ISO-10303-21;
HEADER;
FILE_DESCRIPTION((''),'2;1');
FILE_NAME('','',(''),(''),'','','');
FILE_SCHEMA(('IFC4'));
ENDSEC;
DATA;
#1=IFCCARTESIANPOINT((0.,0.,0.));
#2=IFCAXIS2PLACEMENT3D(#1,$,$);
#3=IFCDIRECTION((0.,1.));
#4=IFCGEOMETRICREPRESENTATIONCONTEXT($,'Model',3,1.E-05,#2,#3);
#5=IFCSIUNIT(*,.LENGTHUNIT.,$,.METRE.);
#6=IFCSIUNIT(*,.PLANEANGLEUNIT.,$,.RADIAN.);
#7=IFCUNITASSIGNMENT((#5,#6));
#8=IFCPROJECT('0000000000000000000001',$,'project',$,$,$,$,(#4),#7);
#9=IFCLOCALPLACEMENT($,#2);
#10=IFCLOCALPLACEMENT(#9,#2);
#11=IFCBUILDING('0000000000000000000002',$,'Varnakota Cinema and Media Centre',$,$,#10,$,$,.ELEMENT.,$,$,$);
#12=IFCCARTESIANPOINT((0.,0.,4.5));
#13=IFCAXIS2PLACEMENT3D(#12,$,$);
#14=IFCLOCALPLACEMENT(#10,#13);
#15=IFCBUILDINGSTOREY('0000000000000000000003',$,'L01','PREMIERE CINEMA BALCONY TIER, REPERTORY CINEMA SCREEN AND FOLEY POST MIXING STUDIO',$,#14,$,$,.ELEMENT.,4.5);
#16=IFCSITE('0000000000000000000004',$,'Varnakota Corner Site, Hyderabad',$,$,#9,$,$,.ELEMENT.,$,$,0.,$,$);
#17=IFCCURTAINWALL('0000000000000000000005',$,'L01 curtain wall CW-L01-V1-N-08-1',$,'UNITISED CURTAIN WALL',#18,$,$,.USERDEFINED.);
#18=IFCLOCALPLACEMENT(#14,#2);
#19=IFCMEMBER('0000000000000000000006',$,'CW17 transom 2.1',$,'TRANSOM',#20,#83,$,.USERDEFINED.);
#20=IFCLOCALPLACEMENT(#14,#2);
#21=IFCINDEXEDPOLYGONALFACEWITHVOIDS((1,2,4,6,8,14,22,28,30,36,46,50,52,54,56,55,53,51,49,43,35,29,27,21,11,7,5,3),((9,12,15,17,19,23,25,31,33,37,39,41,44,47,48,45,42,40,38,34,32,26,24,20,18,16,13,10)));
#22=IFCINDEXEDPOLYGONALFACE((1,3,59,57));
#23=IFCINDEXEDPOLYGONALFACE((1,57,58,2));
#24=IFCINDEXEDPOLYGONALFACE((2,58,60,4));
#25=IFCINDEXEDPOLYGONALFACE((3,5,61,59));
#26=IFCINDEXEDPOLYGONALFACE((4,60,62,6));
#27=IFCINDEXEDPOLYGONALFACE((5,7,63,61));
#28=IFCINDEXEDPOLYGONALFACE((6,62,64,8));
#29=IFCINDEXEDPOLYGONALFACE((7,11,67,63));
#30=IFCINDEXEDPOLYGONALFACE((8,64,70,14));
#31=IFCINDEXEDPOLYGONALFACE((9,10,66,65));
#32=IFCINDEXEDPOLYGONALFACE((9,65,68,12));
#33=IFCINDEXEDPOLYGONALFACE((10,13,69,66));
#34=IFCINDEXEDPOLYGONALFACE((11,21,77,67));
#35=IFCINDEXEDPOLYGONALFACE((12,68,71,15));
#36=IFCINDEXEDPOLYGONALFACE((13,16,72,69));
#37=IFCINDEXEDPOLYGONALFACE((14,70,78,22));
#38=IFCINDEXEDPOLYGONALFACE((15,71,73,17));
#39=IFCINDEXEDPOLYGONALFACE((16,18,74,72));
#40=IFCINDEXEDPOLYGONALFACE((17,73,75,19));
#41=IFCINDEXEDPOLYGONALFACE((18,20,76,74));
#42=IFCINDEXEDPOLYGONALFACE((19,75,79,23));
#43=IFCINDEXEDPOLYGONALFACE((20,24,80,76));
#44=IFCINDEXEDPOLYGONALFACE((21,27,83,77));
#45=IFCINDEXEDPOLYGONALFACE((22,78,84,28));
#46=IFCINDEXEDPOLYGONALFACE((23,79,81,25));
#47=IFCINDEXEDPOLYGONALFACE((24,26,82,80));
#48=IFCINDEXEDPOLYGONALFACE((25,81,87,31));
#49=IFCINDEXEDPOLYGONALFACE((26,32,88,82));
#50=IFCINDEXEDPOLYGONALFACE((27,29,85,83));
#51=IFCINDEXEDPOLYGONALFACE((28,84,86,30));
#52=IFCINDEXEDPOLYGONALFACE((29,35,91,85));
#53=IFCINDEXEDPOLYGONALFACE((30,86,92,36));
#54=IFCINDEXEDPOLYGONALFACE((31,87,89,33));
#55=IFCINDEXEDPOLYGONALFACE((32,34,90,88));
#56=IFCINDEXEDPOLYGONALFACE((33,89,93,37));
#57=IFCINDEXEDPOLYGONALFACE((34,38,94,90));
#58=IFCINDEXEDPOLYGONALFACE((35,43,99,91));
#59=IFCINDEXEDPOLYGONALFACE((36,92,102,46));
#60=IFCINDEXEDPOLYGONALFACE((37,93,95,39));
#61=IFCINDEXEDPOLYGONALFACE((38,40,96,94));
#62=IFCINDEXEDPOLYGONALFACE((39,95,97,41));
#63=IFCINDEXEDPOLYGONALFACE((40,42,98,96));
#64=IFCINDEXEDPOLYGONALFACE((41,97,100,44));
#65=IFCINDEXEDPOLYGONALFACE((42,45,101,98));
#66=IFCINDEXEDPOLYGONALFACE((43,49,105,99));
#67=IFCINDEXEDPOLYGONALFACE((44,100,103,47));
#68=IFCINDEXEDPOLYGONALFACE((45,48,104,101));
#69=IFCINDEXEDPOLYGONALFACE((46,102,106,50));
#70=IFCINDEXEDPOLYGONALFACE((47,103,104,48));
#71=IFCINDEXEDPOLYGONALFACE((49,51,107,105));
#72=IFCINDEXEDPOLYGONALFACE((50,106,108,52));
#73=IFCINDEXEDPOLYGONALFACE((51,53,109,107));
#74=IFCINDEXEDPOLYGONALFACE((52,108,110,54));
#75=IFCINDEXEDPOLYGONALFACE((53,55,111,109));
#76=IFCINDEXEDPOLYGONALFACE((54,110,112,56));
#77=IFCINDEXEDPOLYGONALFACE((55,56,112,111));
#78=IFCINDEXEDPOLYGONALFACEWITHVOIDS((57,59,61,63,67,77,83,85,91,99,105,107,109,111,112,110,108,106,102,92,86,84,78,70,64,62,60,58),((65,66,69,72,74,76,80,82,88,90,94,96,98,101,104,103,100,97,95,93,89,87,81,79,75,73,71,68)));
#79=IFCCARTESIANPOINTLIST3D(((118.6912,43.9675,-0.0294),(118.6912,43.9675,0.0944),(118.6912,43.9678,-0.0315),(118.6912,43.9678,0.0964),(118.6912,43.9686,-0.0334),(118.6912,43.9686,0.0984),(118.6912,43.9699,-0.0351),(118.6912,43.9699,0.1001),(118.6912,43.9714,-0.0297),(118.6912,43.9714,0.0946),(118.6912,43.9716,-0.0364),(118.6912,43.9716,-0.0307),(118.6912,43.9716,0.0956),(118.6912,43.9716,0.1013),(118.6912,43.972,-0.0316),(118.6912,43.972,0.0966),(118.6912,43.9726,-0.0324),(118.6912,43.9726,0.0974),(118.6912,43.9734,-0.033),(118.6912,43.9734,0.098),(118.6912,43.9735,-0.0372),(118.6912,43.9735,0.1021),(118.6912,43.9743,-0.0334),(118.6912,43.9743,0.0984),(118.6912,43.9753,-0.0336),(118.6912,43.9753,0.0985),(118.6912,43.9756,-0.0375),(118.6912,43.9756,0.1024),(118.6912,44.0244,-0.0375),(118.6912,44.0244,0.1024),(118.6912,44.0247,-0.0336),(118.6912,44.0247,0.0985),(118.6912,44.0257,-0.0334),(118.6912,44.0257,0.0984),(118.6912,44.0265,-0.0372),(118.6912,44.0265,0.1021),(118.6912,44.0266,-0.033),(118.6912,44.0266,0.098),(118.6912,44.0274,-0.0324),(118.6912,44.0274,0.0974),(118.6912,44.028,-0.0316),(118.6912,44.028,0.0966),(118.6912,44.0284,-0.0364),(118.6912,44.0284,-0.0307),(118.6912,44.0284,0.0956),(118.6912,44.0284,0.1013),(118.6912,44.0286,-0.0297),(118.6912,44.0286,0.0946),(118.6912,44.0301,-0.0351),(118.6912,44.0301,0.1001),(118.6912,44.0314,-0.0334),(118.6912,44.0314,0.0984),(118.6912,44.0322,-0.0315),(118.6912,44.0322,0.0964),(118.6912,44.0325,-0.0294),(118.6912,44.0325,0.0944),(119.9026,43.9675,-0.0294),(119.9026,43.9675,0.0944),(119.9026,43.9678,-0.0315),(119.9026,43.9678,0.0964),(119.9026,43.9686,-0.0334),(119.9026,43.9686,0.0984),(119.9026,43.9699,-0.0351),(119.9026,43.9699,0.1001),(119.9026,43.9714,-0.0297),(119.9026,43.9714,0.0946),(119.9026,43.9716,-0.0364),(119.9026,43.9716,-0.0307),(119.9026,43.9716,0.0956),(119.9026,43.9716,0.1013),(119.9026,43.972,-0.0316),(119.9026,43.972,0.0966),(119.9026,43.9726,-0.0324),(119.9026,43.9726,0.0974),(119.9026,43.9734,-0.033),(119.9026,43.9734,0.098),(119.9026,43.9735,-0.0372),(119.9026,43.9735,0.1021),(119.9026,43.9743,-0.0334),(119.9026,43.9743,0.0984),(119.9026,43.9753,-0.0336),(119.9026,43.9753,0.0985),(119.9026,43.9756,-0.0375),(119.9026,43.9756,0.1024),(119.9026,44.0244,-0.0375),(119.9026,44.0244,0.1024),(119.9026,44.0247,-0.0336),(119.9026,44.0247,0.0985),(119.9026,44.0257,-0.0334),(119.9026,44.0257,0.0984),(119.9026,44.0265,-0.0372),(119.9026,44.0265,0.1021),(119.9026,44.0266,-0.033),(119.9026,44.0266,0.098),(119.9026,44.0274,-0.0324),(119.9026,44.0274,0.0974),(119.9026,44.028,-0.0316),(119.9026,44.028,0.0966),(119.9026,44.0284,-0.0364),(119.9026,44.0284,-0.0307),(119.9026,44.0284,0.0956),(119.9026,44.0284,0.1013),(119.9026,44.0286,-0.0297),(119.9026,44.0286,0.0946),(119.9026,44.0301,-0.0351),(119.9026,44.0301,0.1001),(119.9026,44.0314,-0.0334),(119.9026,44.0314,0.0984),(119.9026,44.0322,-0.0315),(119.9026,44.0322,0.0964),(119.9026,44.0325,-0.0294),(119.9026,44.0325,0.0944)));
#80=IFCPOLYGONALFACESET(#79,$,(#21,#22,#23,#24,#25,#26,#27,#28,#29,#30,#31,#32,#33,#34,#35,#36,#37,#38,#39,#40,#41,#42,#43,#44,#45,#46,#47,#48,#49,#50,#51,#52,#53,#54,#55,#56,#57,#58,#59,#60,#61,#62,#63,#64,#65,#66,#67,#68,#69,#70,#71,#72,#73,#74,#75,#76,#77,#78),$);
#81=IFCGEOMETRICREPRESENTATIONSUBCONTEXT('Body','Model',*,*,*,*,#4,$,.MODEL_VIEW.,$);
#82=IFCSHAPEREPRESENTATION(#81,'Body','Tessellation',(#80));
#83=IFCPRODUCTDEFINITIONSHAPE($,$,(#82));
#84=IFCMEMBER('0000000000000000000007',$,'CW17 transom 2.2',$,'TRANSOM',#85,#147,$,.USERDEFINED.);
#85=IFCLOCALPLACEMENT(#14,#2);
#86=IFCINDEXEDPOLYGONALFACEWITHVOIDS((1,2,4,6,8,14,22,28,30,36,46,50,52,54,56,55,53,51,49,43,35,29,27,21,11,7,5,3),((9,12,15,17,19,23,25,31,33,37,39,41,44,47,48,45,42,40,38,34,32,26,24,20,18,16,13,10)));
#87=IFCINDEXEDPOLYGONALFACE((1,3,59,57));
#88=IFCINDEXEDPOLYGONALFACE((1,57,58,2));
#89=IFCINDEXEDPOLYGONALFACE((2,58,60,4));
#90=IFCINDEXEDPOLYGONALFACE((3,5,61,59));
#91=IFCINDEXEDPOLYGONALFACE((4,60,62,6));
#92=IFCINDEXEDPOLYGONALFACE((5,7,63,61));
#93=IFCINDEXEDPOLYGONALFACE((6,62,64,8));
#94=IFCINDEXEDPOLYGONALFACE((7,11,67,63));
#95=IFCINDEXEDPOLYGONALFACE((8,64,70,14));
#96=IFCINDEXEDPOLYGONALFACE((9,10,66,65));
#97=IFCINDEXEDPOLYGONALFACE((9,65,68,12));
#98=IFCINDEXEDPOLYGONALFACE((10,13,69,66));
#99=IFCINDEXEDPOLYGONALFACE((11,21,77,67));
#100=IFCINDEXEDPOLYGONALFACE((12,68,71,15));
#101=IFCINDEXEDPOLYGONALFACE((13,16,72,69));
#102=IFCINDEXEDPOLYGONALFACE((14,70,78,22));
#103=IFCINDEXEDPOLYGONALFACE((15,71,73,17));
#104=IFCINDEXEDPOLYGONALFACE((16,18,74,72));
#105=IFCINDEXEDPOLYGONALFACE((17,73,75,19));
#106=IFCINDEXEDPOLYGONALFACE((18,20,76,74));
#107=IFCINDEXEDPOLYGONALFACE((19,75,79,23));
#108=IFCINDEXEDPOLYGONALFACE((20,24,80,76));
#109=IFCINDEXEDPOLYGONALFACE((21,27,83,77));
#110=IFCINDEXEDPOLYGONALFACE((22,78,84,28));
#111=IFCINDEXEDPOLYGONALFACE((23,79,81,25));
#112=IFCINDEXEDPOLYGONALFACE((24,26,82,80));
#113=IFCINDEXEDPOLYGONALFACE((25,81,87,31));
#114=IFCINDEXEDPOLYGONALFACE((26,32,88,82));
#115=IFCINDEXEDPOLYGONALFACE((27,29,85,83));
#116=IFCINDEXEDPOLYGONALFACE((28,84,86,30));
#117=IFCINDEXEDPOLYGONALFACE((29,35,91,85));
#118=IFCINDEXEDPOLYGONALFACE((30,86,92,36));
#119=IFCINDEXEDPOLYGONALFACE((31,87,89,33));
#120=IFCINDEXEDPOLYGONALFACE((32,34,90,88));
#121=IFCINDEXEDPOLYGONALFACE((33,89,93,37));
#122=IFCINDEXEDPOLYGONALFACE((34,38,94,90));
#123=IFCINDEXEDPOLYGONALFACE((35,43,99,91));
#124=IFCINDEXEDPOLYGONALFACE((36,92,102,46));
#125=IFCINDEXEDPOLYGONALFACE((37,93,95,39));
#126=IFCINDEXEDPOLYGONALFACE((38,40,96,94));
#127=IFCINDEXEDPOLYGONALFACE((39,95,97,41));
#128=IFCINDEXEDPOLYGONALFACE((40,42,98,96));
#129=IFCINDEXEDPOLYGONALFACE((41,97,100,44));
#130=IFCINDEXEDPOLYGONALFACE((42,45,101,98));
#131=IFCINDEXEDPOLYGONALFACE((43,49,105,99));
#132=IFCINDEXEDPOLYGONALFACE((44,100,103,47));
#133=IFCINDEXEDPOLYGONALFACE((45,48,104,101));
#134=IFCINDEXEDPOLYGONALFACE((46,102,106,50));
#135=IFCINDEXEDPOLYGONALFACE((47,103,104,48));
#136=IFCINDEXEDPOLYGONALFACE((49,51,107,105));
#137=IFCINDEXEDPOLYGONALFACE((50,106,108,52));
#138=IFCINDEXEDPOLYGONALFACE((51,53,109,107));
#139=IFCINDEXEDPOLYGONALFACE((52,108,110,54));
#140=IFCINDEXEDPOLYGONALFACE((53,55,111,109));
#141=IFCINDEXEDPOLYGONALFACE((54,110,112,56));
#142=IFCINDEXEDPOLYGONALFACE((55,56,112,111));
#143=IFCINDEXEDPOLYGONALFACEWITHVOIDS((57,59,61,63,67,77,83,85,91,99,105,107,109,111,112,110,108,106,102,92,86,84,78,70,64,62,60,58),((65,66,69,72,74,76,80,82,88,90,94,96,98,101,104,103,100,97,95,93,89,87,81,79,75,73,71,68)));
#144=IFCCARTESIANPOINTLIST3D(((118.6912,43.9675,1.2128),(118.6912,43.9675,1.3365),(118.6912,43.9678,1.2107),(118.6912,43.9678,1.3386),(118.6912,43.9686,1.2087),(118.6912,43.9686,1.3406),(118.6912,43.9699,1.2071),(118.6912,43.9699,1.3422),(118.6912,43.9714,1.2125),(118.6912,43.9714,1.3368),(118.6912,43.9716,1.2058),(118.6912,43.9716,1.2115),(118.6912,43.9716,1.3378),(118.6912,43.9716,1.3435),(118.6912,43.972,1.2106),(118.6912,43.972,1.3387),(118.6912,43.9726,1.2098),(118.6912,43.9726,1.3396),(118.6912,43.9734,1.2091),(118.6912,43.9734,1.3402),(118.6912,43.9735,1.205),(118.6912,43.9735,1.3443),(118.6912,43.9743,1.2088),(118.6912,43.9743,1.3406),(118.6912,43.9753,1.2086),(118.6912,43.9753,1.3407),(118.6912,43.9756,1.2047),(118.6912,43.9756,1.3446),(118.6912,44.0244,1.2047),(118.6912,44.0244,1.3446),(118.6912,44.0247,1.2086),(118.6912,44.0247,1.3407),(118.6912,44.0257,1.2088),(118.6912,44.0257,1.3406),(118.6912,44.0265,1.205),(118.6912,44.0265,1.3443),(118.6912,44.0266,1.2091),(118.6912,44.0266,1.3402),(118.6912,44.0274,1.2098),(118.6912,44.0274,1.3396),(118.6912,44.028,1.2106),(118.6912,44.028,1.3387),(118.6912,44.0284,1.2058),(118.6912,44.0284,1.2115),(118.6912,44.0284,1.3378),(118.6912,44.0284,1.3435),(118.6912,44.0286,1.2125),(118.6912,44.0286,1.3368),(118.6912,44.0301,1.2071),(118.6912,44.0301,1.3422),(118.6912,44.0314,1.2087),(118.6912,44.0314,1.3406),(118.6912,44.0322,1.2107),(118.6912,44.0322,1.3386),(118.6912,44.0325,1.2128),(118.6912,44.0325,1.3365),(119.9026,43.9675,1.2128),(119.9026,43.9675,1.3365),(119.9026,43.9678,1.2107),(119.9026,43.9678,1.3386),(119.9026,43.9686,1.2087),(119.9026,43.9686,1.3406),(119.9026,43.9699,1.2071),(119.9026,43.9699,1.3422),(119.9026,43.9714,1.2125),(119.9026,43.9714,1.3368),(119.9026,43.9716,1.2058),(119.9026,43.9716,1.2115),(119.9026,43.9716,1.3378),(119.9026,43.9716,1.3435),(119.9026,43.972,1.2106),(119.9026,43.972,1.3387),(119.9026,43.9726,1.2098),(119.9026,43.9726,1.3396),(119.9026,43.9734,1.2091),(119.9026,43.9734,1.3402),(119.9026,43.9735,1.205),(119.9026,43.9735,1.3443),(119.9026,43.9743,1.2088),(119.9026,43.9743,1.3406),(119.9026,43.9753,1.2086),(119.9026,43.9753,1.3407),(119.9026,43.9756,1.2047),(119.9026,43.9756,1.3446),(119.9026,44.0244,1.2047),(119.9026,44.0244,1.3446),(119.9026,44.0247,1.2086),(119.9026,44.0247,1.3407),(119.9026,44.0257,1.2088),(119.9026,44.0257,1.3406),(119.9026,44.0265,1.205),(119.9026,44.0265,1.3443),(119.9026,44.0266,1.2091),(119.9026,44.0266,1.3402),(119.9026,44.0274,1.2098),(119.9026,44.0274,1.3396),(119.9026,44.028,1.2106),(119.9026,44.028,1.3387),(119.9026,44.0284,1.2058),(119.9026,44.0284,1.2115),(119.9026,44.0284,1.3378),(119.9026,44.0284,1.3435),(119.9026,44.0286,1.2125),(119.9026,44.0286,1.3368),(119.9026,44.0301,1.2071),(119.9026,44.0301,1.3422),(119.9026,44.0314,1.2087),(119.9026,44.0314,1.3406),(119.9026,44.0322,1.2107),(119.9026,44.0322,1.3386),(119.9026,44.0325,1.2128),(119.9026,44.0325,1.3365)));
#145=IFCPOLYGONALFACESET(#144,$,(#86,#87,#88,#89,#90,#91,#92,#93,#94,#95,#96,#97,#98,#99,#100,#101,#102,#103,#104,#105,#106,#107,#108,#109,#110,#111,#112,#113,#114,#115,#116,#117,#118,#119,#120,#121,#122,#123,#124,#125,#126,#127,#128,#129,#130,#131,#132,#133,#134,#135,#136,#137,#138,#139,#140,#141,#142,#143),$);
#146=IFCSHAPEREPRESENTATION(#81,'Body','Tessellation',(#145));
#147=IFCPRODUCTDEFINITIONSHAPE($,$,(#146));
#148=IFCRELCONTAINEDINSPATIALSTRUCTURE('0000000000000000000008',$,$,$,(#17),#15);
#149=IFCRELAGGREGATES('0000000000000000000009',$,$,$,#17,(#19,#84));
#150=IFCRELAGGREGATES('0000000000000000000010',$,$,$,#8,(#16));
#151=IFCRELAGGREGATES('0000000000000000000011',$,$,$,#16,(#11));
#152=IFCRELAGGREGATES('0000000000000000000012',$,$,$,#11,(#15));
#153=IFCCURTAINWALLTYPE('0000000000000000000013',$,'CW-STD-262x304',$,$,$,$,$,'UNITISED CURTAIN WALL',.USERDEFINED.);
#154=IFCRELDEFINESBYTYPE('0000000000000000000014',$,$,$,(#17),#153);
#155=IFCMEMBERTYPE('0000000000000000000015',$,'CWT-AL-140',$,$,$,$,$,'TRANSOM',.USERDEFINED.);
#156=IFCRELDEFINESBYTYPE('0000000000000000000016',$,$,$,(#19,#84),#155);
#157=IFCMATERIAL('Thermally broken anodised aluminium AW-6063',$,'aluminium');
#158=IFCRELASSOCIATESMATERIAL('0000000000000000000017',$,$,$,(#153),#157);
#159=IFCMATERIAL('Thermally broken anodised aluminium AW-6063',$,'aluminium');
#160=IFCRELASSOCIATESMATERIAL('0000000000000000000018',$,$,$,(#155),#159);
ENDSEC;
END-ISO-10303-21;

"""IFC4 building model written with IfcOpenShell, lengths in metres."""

from ifc_helpers import new_model, si_unit, direction, frame, origin, origin_2d, place, context, subcontext, project, spatial, hollow_rectangle, extrude, material, material_profile, profile_set, type_object, element, aggregate, save


model = new_model("IFC4")

# Units and contexts
model_context = context("Model", 3, precision=1e-05, world=origin(), true_north=direction((0.0, 1.0)))
body_context = subcontext(model_context, "Body", "Model", "MODEL_VIEW")
ifc_project = project(units=[si_unit("LENGTHUNIT", "METRE"), si_unit("PLANEANGLEUNIT", "RADIAN")], contexts=[model_context])

# Site, building, storey
site_placement = place(None, origin())
site = spatial("IfcSite", under=ifc_project, at=site_placement, Name="Varnakota Corner Site, Hyderabad", CompositionType="ELEMENT", RefElevation=0.0)
building_placement = place(site_placement, origin())
building = spatial("IfcBuilding", under=site, at=building_placement, Name="Varnakota Cinema and Media Centre", CompositionType="ELEMENT")
storey_placement = place(building_placement, frame((0.0, 0.0, 4.5)))
storey = spatial("IfcBuildingStorey", under=building, at=storey_placement, Name="L01", Description="PREMIERE CINEMA BALCONY TIER, REPERTORY CINEMA SCREEN AND FOLEY POST MIXING STUDIO", CompositionType="ELEMENT", Elevation=4.5)

# Shared definitions
ifc_material_1 = material(Name="Thermally broken anodised aluminium AW-6063", Category="aluminium")
curtain_wall_type = type_object("IfcCurtainWallType", Name="CW-STD-262x304", ElementType="UNITISED CURTAIN WALL", PredefinedType="USERDEFINED", material=ifc_material_1)

# Curtain wall
curtain_wall_1_placement = place(storey_placement, origin())
curtain_wall_1 = element("IfcCurtainWall", 1, at=curtain_wall_1_placement, inside=storey, type_object=curtain_wall_type, Name="L01 curtain wall CW-L01-V1-N-08-1", ObjectType="UNITISED CURTAIN WALL", PredefinedType="USERDEFINED")

# Members
ifc_material_2 = material(Name="Thermally broken anodised aluminium AW-6063", Category="aluminium")
ifc_material_profile_1 = material_profile(ifc_material_2, hollow_rectangle(XDim=0.0649, YDim=0.1399, WallThickness=0.0039, InnerFilletRadius=0.0039, OuterFilletRadius=0.0081, at=origin_2d()), Name="AL-TRANSOM 140x65x4")
ifc_profile_set_1 = profile_set([ifc_material_profile_1], Name="Thermally broken anodised aluminium AW-6063")
member_type_1 = type_object("IfcMemberType", Name="CWT-AL-140", ElementType="TRANSOM", PredefinedType="USERDEFINED", material=ifc_profile_set_1)
member_1_placement = place(storey_placement, frame((118.6912, 44.0, 0.0325), z_axis=(1.0, 0.0, 0.0), x_axis=(0.0, 1.0, 0.0)))
member_1 = element("IfcMember", 2, at=member_1_placement, type_object=member_type_1, Name="CW17 transom 2.1", ObjectType="TRANSOM", PredefinedType="USERDEFINED", context=body_context, shape_type="SweptSolid", body=[
    extrude(hollow_rectangle(XDim=0.0649, YDim=0.1399, WallThickness=0.0039, InnerFilletRadius=0.0039, OuterFilletRadius=0.0081, at=origin_2d()), origin(), (0.0, 0.0, 1.0), 1.2114),
])
member_2_placement = place(storey_placement, frame((118.6912, 44.0, 1.2747), z_axis=(1.0, 0.0, 0.0), x_axis=(0.0, 1.0, 0.0)))
member_2 = element("IfcMember", 3, at=member_2_placement, type_object=member_type_1, Name="CW17 transom 2.2", ObjectType="TRANSOM", PredefinedType="USERDEFINED", context=body_context, shape_type="SweptSolid", body=[
    extrude(hollow_rectangle(XDim=0.0649, YDim=0.1399, WallThickness=0.0039, InnerFilletRadius=0.0039, OuterFilletRadius=0.0081, at=origin_2d()), origin(), (0.0, 0.0, 1.0), 1.2114),
])

aggregate(curtain_wall_1, [member_1, member_2])

save(model, "model.ifc")
